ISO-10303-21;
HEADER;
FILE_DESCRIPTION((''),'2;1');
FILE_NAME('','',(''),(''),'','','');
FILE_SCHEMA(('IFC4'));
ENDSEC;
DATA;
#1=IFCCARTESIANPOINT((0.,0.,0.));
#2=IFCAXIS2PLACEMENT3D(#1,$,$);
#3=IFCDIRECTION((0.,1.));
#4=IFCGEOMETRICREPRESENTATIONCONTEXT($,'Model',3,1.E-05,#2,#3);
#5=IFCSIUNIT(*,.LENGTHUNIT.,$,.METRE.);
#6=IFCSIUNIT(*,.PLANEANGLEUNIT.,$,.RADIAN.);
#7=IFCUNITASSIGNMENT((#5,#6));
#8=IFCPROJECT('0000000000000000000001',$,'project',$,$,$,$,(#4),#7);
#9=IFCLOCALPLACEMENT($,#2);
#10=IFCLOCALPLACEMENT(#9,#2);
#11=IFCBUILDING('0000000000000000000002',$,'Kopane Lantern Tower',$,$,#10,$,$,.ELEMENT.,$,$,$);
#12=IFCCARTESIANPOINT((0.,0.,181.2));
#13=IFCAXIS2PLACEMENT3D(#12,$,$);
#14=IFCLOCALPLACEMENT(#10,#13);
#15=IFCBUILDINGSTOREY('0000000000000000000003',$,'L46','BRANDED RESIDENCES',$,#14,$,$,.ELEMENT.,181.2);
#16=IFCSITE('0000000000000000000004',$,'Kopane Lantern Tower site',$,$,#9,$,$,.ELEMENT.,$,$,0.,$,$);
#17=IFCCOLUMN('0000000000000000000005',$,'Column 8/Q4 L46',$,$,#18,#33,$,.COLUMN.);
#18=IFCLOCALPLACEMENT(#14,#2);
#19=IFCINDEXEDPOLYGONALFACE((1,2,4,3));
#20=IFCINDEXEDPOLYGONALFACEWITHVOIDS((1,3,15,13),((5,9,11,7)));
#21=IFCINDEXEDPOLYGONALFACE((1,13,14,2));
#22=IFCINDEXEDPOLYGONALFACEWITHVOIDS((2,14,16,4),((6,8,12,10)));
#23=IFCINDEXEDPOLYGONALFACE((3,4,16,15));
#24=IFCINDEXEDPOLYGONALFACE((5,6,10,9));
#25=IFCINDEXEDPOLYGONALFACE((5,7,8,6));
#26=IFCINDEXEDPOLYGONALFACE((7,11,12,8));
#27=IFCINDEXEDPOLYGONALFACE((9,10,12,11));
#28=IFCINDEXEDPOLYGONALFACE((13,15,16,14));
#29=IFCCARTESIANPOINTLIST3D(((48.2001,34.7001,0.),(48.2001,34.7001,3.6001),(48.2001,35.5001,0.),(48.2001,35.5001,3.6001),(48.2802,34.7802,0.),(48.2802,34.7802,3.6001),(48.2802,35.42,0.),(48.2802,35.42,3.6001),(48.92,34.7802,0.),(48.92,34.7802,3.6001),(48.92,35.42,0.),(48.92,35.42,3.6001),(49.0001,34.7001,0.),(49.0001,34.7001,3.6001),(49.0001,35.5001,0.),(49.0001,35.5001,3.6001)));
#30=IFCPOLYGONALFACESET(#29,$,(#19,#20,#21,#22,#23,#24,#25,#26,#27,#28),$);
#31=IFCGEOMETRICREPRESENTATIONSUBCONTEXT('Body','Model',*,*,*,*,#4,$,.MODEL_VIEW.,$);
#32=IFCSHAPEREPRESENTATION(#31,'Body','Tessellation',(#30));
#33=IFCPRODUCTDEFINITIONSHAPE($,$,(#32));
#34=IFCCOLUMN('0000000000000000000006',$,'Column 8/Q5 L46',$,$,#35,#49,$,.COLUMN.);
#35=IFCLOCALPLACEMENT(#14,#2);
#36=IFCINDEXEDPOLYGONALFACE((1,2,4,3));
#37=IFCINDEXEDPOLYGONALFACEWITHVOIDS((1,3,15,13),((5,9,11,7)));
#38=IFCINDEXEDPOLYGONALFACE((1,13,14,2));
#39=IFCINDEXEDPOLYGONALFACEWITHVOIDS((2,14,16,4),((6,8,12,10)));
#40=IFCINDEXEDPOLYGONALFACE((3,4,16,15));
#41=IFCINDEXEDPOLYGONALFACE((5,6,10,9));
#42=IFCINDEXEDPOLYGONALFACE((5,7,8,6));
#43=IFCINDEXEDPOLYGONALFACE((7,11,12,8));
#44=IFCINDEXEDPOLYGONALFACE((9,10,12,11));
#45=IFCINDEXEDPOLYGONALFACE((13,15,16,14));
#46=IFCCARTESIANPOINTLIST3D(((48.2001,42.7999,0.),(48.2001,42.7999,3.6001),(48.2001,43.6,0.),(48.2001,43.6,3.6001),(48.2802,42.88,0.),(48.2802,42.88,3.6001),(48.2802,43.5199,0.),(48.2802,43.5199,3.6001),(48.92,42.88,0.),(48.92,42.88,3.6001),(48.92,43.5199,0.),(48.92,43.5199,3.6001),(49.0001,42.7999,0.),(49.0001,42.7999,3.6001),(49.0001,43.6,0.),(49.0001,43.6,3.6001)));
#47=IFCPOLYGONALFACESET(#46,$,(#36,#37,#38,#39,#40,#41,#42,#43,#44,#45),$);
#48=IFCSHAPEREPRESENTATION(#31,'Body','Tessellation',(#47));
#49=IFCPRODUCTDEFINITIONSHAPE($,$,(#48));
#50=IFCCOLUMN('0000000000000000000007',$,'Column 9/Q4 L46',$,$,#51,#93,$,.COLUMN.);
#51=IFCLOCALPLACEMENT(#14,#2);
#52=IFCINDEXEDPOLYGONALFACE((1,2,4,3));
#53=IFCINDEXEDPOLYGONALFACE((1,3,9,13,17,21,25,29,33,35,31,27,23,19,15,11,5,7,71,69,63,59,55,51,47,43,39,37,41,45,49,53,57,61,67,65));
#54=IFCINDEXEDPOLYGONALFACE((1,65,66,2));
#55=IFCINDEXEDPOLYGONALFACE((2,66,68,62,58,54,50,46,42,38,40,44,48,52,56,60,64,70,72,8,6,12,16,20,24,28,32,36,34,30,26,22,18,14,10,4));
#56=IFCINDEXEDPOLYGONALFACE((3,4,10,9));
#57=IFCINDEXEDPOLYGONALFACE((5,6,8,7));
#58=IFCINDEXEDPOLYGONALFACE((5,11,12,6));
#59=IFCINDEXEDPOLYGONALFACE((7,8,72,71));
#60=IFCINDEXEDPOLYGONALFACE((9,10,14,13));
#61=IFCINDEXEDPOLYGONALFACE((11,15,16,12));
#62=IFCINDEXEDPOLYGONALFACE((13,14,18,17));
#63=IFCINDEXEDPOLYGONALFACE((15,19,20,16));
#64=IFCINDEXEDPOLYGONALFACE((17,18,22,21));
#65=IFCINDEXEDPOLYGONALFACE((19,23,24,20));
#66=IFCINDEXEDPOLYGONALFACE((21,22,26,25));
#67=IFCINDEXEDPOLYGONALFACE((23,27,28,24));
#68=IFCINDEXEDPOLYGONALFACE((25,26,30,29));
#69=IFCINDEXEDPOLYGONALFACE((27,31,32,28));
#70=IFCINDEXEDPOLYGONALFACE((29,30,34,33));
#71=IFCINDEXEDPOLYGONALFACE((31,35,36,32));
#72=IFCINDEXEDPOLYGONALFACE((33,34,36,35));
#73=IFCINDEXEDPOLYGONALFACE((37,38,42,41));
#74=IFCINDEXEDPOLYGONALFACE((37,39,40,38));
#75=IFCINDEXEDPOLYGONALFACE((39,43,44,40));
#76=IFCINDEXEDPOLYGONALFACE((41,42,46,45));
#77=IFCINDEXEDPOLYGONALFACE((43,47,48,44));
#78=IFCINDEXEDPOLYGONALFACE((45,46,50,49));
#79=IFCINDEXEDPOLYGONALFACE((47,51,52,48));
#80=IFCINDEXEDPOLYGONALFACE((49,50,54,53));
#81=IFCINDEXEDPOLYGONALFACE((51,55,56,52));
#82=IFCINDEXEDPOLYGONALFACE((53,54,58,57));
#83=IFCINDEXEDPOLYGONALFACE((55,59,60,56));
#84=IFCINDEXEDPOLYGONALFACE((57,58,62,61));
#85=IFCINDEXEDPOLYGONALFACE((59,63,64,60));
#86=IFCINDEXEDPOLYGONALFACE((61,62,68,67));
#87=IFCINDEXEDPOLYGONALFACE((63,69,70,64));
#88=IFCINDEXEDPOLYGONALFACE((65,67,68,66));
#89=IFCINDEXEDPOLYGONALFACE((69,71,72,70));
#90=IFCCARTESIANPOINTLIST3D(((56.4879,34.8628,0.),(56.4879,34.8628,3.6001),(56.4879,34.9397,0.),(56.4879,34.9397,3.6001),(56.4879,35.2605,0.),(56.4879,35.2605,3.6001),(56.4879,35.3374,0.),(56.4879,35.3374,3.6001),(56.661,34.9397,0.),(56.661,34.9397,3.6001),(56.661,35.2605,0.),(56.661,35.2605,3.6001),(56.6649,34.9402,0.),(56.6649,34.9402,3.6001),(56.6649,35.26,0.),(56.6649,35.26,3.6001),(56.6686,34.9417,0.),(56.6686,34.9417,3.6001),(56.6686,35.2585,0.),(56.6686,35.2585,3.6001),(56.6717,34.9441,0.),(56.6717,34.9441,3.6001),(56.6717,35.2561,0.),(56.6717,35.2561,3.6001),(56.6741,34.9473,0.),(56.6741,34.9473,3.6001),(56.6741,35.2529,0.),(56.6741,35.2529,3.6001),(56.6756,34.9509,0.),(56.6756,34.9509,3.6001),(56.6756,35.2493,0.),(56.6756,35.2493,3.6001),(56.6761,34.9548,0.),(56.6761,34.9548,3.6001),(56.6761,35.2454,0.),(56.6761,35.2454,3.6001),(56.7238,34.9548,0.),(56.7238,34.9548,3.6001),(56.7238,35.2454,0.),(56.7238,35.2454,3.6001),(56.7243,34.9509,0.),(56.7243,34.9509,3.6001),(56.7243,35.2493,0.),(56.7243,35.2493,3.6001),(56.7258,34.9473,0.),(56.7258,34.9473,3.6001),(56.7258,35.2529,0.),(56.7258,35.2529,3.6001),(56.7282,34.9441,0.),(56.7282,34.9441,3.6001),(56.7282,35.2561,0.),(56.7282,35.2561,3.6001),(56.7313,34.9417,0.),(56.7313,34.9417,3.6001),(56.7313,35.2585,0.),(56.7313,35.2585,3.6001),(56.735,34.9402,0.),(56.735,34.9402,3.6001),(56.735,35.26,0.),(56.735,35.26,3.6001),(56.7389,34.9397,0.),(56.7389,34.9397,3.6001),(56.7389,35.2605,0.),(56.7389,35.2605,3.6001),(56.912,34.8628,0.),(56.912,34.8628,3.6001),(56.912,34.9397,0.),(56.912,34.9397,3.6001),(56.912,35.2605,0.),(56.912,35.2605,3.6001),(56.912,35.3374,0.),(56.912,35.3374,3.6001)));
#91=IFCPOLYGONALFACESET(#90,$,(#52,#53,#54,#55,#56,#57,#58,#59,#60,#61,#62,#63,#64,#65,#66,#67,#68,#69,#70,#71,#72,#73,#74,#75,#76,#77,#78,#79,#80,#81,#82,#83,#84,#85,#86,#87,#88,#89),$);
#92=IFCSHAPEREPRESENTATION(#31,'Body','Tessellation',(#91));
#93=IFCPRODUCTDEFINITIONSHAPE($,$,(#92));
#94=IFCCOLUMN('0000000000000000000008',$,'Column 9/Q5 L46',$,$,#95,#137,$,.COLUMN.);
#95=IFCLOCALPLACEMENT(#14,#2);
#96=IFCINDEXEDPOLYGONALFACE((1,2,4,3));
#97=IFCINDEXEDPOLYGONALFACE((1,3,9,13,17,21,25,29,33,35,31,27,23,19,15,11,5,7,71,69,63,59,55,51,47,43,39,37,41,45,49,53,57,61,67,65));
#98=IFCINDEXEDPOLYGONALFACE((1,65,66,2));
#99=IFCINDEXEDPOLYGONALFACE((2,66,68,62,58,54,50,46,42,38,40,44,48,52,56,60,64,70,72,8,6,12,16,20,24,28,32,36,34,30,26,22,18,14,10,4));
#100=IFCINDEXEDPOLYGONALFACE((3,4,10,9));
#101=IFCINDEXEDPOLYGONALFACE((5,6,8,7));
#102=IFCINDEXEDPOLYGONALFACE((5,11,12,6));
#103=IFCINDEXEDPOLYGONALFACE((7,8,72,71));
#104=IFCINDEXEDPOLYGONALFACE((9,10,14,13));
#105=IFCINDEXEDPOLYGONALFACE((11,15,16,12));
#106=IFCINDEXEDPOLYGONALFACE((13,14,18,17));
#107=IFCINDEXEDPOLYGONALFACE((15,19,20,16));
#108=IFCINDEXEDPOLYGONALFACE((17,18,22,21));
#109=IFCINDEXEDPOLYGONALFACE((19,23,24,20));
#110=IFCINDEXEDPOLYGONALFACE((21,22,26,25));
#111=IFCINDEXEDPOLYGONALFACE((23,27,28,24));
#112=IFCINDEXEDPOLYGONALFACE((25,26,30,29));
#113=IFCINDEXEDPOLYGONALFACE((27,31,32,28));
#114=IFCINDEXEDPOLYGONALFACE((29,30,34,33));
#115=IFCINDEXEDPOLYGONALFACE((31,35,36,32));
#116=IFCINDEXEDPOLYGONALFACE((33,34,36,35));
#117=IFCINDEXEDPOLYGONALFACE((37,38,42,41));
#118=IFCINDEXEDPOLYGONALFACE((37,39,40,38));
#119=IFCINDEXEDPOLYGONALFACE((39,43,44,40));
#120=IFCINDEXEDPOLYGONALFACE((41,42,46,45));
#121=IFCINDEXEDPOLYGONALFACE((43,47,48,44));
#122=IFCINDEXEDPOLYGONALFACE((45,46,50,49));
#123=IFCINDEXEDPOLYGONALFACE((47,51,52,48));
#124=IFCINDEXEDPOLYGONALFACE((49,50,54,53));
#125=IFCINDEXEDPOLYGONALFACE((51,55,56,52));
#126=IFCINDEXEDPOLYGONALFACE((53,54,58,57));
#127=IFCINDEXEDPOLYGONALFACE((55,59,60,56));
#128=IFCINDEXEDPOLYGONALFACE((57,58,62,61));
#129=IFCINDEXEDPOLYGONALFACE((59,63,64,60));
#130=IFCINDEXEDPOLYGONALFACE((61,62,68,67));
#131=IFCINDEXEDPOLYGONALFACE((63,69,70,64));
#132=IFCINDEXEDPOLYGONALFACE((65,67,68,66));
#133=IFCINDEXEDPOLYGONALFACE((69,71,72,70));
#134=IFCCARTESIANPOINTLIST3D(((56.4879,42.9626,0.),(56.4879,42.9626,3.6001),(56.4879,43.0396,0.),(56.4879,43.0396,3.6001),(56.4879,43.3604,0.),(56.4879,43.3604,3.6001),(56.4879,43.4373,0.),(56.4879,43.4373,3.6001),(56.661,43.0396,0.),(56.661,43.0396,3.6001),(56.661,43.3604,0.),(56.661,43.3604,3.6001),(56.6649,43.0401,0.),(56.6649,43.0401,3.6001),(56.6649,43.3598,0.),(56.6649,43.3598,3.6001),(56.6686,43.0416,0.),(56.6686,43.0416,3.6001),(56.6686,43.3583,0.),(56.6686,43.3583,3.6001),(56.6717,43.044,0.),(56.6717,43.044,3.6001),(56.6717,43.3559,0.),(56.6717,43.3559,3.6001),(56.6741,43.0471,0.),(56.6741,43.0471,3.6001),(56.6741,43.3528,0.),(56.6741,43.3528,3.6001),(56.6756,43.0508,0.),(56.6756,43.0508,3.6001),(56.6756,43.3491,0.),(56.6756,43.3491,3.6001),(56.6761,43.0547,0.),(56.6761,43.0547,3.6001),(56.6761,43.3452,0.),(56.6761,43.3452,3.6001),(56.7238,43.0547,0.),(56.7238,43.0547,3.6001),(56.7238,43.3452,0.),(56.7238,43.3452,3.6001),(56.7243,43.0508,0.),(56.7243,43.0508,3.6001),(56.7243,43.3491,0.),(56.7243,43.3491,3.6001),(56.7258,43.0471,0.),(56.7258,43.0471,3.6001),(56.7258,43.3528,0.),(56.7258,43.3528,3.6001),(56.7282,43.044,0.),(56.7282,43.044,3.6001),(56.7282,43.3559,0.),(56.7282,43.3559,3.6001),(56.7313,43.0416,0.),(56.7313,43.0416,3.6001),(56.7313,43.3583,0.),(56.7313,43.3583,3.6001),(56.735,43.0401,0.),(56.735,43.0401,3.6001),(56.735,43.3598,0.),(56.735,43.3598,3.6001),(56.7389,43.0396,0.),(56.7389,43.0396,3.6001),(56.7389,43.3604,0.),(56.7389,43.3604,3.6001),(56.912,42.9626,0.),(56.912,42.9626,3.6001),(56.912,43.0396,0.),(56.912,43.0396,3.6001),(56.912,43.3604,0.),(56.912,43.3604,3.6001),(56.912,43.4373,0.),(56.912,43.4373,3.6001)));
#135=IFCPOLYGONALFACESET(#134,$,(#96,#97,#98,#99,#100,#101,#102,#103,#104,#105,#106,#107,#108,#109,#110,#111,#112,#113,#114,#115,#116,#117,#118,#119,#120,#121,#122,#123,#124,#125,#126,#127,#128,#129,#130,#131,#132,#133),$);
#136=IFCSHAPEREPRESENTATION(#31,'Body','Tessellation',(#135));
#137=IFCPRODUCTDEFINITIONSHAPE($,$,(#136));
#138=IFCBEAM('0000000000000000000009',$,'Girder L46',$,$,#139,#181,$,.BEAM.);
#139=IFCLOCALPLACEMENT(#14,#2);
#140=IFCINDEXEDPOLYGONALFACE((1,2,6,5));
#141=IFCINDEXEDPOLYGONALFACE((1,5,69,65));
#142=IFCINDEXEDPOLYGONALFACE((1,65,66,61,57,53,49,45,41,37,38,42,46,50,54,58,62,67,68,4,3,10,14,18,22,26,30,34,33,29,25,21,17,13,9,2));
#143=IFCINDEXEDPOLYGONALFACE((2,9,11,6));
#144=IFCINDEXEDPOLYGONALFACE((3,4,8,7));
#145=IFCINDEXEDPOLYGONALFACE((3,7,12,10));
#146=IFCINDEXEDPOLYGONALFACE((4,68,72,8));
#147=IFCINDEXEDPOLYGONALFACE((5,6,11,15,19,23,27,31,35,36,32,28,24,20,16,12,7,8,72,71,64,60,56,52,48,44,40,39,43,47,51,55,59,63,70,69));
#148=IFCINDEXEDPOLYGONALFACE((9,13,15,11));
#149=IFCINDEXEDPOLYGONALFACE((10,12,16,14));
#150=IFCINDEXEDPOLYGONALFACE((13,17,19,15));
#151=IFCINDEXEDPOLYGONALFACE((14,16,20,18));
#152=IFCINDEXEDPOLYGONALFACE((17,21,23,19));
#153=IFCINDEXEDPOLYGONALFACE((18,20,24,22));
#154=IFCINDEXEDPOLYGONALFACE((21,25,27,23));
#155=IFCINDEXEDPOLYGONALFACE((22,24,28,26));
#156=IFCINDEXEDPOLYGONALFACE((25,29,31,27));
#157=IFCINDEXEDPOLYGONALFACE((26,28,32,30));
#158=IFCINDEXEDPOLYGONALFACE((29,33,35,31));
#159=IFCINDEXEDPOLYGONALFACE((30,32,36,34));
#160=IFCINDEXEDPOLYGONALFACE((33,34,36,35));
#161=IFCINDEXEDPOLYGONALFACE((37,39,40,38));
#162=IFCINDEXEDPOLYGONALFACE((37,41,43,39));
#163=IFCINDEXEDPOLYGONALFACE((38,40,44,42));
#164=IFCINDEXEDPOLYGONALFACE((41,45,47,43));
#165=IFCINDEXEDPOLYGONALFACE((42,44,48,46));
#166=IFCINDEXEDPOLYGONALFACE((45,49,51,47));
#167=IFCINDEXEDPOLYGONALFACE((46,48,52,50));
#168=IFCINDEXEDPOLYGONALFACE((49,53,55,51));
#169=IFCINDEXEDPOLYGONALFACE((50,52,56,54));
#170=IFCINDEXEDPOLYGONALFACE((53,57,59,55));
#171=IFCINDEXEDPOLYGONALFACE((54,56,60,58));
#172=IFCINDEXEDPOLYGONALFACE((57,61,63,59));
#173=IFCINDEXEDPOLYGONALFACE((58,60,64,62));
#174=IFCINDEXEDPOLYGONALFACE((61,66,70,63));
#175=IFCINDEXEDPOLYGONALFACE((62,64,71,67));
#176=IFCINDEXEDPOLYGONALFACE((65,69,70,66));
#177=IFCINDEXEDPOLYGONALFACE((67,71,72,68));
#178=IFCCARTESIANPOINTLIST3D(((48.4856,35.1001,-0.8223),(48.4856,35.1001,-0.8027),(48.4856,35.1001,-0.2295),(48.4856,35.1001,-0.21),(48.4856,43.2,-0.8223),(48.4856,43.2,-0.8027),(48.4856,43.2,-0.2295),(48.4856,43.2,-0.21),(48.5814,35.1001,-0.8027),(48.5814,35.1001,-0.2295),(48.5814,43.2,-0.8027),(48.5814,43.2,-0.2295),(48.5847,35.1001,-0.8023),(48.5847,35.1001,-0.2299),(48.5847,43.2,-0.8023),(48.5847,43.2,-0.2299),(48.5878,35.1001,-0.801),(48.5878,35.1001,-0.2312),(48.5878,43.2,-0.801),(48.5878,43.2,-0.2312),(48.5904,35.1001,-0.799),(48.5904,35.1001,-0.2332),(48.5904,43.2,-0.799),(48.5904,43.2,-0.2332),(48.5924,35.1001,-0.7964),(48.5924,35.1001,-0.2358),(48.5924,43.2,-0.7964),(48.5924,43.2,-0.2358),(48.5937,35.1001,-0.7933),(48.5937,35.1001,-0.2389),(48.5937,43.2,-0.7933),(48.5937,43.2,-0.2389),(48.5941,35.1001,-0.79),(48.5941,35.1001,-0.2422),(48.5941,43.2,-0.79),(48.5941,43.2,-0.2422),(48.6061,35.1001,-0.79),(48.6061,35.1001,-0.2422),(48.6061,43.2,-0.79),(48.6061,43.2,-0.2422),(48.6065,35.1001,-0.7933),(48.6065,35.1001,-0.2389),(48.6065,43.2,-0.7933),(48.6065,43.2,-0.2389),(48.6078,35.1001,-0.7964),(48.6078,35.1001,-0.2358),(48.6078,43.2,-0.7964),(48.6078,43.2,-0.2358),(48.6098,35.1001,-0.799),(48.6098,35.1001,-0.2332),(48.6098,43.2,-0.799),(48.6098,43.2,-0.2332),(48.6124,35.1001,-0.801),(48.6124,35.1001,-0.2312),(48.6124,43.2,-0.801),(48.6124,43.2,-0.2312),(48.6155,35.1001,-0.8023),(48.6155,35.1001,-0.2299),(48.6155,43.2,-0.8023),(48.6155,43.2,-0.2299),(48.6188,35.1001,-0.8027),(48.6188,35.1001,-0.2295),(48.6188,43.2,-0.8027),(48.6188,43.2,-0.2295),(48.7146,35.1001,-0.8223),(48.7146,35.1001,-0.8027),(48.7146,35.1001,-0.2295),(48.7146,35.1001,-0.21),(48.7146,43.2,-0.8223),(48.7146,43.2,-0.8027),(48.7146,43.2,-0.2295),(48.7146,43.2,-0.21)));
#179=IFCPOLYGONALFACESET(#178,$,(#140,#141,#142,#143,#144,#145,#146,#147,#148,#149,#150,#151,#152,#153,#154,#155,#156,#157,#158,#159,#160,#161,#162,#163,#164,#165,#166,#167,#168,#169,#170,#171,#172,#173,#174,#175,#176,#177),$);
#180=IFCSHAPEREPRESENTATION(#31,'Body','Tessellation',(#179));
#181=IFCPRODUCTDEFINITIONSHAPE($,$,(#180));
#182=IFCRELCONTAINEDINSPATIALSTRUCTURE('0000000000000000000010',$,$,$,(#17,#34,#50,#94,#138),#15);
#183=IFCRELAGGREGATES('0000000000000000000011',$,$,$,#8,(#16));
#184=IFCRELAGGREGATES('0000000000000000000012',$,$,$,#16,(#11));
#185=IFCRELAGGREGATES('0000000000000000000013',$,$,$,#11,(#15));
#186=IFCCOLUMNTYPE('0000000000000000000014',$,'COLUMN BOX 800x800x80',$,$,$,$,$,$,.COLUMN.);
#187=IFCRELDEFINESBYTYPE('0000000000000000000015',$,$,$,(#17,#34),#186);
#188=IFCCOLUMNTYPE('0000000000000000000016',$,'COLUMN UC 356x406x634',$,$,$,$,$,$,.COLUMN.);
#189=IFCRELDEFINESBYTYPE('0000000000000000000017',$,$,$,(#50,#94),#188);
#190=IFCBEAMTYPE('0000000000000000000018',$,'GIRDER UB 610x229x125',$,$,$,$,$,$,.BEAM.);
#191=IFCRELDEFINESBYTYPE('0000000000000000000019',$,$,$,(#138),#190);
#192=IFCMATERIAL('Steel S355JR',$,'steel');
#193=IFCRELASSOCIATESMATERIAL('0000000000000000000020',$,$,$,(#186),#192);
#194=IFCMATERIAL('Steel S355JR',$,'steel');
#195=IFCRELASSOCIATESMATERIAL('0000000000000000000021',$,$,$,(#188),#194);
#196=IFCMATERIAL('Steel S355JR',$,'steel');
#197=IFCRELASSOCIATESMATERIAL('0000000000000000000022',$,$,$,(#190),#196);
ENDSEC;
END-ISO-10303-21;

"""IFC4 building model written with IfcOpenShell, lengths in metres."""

from ifc_helpers import new_model, si_unit, direction, frame, origin, origin_2d, place, context, subcontext, project, spatial, hollow_rectangle, i_section, extrude, material, material_profile, profile_set, type_object, element, save


model = new_model("IFC4")

# Units and contexts
model_context = context("Model", 3, precision=1e-05, world=origin(), true_north=direction((0.0, 1.0)))
body_context = subcontext(model_context, "Body", "Model", "MODEL_VIEW")
ifc_project = project(units=[si_unit("LENGTHUNIT", "METRE"), si_unit("PLANEANGLEUNIT", "RADIAN")], contexts=[model_context])

# Site, building, storey
site_placement = place(None, origin())
site = spatial("IfcSite", under=ifc_project, at=site_placement, Name="Kopane Lantern Tower site", CompositionType="ELEMENT", RefElevation=0.0)
building_placement = place(site_placement, origin())
building = spatial("IfcBuilding", under=site, at=building_placement, Name="Kopane Lantern Tower", CompositionType="ELEMENT")
storey_placement = place(building_placement, frame((0.0, 0.0, 181.2)))
storey = spatial("IfcBuildingStorey", under=building, at=storey_placement, Name="L46", Description="BRANDED RESIDENCES", CompositionType="ELEMENT", Elevation=181.2)

# Columns
ifc_material_1 = material(Name="Steel S355JR", Category="steel")
ifc_material_profile_1 = material_profile(ifc_material_1, hollow_rectangle(XDim=0.8, YDim=0.8, WallThickness=0.0801, at=origin_2d()), Name="BOX 800x800x80")
ifc_profile_set_1 = profile_set([ifc_material_profile_1], Name="Steel S355JR")
column_type_1 = type_object("IfcColumnType", Name="COLUMN BOX 800x800x80", PredefinedType="COLUMN", material=ifc_profile_set_1)
for number, where, z_axis, x_axis, name in (
    (1, (48.6001, 35.1001, 0.0), (0.0, 0.0, 1.0), (1.0, 0.0, 0.0), "Column 8/Q4 L46"),
    (2, (48.6001, 43.2, 0.0), (0.0, 0.0, 1.0), (1.0, 0.0, 0.0), "Column 8/Q5 L46"),
):
    element("IfcColumn", number, at=place(storey_placement, frame(where, z_axis=z_axis, x_axis=x_axis)), inside=storey, type_object=column_type_1, Name=name, PredefinedType="COLUMN", context=body_context, shape_type="SweptSolid", body=[
        extrude(hollow_rectangle(XDim=0.8, YDim=0.8, WallThickness=0.0801, at=origin_2d()), origin(), (0.0, 0.0, 1.0), 3.6001),
    ])
ifc_material_2 = material(Name="Steel S355JR", Category="steel")
ifc_material_profile_2 = material_profile(ifc_material_2, i_section(OverallWidth=0.4241, OverallDepth=0.4746, WebThickness=0.0476, FlangeThickness=0.0769, FilletRadius=0.0151, at=origin_2d()), Name="UC 356x406x634")
ifc_profile_set_2 = profile_set([ifc_material_profile_2], Name="Steel S355JR")
column_type_2 = type_object("IfcColumnType", Name="COLUMN UC 356x406x634", PredefinedType="COLUMN", material=ifc_profile_set_2)
for number, where, z_axis, x_axis, name in (
    (3, (56.7, 35.1001, 0.0), (0.0, 0.0, 1.0), (1.0, 0.0, 0.0), "Column 9/Q4 L46"),
    (4, (56.7, 43.2, 0.0), (0.0, 0.0, 1.0), (1.0, 0.0, 0.0), "Column 9/Q5 L46"),
):
    element("IfcColumn", number, at=place(storey_placement, frame(where, z_axis=z_axis, x_axis=x_axis)), inside=storey, type_object=column_type_2, Name=name, PredefinedType="COLUMN", context=body_context, shape_type="SweptSolid", body=[
        extrude(i_section(OverallWidth=0.4241, OverallDepth=0.4746, WebThickness=0.0476, FlangeThickness=0.0769, FilletRadius=0.0151, at=origin_2d()), origin(), (0.0, 0.0, 1.0), 3.6001),
    ])

# Beam
ifc_material_3 = material(Name="Steel S355JR", Category="steel")
ifc_material_profile_3 = material_profile(ifc_material_3, i_section(OverallWidth=0.229, OverallDepth=0.6123, WebThickness=0.012, FlangeThickness=0.0195, FilletRadius=0.0127, at=origin_2d()), Name="UB 610x229x125")
ifc_profile_set_3 = profile_set([ifc_material_profile_3], Name="Steel S355JR")
beam_type = type_object("IfcBeamType", Name="GIRDER UB 610x229x125", PredefinedType="BEAM", material=ifc_profile_set_3)
for number, where, z_axis, x_axis, name in (
    (5, (48.6001, 35.1001, -0.5161), (0.0, 1.0, 0.0), (-1.0, 0.0, 0.0), "Girder L46"),
):
    element("IfcBeam", number, at=place(storey_placement, frame(where, z_axis=z_axis, x_axis=x_axis)), inside=storey, type_object=beam_type, Name=name, PredefinedType="BEAM", context=body_context, shape_type="SweptSolid", body=[
        extrude(i_section(OverallWidth=0.229, OverallDepth=0.6123, WebThickness=0.012, FlangeThickness=0.0195, FilletRadius=0.0127, at=origin_2d()), origin(), (0.0, 0.0, 1.0), 8.0999),
    ])

save(model, "model.ifc")
